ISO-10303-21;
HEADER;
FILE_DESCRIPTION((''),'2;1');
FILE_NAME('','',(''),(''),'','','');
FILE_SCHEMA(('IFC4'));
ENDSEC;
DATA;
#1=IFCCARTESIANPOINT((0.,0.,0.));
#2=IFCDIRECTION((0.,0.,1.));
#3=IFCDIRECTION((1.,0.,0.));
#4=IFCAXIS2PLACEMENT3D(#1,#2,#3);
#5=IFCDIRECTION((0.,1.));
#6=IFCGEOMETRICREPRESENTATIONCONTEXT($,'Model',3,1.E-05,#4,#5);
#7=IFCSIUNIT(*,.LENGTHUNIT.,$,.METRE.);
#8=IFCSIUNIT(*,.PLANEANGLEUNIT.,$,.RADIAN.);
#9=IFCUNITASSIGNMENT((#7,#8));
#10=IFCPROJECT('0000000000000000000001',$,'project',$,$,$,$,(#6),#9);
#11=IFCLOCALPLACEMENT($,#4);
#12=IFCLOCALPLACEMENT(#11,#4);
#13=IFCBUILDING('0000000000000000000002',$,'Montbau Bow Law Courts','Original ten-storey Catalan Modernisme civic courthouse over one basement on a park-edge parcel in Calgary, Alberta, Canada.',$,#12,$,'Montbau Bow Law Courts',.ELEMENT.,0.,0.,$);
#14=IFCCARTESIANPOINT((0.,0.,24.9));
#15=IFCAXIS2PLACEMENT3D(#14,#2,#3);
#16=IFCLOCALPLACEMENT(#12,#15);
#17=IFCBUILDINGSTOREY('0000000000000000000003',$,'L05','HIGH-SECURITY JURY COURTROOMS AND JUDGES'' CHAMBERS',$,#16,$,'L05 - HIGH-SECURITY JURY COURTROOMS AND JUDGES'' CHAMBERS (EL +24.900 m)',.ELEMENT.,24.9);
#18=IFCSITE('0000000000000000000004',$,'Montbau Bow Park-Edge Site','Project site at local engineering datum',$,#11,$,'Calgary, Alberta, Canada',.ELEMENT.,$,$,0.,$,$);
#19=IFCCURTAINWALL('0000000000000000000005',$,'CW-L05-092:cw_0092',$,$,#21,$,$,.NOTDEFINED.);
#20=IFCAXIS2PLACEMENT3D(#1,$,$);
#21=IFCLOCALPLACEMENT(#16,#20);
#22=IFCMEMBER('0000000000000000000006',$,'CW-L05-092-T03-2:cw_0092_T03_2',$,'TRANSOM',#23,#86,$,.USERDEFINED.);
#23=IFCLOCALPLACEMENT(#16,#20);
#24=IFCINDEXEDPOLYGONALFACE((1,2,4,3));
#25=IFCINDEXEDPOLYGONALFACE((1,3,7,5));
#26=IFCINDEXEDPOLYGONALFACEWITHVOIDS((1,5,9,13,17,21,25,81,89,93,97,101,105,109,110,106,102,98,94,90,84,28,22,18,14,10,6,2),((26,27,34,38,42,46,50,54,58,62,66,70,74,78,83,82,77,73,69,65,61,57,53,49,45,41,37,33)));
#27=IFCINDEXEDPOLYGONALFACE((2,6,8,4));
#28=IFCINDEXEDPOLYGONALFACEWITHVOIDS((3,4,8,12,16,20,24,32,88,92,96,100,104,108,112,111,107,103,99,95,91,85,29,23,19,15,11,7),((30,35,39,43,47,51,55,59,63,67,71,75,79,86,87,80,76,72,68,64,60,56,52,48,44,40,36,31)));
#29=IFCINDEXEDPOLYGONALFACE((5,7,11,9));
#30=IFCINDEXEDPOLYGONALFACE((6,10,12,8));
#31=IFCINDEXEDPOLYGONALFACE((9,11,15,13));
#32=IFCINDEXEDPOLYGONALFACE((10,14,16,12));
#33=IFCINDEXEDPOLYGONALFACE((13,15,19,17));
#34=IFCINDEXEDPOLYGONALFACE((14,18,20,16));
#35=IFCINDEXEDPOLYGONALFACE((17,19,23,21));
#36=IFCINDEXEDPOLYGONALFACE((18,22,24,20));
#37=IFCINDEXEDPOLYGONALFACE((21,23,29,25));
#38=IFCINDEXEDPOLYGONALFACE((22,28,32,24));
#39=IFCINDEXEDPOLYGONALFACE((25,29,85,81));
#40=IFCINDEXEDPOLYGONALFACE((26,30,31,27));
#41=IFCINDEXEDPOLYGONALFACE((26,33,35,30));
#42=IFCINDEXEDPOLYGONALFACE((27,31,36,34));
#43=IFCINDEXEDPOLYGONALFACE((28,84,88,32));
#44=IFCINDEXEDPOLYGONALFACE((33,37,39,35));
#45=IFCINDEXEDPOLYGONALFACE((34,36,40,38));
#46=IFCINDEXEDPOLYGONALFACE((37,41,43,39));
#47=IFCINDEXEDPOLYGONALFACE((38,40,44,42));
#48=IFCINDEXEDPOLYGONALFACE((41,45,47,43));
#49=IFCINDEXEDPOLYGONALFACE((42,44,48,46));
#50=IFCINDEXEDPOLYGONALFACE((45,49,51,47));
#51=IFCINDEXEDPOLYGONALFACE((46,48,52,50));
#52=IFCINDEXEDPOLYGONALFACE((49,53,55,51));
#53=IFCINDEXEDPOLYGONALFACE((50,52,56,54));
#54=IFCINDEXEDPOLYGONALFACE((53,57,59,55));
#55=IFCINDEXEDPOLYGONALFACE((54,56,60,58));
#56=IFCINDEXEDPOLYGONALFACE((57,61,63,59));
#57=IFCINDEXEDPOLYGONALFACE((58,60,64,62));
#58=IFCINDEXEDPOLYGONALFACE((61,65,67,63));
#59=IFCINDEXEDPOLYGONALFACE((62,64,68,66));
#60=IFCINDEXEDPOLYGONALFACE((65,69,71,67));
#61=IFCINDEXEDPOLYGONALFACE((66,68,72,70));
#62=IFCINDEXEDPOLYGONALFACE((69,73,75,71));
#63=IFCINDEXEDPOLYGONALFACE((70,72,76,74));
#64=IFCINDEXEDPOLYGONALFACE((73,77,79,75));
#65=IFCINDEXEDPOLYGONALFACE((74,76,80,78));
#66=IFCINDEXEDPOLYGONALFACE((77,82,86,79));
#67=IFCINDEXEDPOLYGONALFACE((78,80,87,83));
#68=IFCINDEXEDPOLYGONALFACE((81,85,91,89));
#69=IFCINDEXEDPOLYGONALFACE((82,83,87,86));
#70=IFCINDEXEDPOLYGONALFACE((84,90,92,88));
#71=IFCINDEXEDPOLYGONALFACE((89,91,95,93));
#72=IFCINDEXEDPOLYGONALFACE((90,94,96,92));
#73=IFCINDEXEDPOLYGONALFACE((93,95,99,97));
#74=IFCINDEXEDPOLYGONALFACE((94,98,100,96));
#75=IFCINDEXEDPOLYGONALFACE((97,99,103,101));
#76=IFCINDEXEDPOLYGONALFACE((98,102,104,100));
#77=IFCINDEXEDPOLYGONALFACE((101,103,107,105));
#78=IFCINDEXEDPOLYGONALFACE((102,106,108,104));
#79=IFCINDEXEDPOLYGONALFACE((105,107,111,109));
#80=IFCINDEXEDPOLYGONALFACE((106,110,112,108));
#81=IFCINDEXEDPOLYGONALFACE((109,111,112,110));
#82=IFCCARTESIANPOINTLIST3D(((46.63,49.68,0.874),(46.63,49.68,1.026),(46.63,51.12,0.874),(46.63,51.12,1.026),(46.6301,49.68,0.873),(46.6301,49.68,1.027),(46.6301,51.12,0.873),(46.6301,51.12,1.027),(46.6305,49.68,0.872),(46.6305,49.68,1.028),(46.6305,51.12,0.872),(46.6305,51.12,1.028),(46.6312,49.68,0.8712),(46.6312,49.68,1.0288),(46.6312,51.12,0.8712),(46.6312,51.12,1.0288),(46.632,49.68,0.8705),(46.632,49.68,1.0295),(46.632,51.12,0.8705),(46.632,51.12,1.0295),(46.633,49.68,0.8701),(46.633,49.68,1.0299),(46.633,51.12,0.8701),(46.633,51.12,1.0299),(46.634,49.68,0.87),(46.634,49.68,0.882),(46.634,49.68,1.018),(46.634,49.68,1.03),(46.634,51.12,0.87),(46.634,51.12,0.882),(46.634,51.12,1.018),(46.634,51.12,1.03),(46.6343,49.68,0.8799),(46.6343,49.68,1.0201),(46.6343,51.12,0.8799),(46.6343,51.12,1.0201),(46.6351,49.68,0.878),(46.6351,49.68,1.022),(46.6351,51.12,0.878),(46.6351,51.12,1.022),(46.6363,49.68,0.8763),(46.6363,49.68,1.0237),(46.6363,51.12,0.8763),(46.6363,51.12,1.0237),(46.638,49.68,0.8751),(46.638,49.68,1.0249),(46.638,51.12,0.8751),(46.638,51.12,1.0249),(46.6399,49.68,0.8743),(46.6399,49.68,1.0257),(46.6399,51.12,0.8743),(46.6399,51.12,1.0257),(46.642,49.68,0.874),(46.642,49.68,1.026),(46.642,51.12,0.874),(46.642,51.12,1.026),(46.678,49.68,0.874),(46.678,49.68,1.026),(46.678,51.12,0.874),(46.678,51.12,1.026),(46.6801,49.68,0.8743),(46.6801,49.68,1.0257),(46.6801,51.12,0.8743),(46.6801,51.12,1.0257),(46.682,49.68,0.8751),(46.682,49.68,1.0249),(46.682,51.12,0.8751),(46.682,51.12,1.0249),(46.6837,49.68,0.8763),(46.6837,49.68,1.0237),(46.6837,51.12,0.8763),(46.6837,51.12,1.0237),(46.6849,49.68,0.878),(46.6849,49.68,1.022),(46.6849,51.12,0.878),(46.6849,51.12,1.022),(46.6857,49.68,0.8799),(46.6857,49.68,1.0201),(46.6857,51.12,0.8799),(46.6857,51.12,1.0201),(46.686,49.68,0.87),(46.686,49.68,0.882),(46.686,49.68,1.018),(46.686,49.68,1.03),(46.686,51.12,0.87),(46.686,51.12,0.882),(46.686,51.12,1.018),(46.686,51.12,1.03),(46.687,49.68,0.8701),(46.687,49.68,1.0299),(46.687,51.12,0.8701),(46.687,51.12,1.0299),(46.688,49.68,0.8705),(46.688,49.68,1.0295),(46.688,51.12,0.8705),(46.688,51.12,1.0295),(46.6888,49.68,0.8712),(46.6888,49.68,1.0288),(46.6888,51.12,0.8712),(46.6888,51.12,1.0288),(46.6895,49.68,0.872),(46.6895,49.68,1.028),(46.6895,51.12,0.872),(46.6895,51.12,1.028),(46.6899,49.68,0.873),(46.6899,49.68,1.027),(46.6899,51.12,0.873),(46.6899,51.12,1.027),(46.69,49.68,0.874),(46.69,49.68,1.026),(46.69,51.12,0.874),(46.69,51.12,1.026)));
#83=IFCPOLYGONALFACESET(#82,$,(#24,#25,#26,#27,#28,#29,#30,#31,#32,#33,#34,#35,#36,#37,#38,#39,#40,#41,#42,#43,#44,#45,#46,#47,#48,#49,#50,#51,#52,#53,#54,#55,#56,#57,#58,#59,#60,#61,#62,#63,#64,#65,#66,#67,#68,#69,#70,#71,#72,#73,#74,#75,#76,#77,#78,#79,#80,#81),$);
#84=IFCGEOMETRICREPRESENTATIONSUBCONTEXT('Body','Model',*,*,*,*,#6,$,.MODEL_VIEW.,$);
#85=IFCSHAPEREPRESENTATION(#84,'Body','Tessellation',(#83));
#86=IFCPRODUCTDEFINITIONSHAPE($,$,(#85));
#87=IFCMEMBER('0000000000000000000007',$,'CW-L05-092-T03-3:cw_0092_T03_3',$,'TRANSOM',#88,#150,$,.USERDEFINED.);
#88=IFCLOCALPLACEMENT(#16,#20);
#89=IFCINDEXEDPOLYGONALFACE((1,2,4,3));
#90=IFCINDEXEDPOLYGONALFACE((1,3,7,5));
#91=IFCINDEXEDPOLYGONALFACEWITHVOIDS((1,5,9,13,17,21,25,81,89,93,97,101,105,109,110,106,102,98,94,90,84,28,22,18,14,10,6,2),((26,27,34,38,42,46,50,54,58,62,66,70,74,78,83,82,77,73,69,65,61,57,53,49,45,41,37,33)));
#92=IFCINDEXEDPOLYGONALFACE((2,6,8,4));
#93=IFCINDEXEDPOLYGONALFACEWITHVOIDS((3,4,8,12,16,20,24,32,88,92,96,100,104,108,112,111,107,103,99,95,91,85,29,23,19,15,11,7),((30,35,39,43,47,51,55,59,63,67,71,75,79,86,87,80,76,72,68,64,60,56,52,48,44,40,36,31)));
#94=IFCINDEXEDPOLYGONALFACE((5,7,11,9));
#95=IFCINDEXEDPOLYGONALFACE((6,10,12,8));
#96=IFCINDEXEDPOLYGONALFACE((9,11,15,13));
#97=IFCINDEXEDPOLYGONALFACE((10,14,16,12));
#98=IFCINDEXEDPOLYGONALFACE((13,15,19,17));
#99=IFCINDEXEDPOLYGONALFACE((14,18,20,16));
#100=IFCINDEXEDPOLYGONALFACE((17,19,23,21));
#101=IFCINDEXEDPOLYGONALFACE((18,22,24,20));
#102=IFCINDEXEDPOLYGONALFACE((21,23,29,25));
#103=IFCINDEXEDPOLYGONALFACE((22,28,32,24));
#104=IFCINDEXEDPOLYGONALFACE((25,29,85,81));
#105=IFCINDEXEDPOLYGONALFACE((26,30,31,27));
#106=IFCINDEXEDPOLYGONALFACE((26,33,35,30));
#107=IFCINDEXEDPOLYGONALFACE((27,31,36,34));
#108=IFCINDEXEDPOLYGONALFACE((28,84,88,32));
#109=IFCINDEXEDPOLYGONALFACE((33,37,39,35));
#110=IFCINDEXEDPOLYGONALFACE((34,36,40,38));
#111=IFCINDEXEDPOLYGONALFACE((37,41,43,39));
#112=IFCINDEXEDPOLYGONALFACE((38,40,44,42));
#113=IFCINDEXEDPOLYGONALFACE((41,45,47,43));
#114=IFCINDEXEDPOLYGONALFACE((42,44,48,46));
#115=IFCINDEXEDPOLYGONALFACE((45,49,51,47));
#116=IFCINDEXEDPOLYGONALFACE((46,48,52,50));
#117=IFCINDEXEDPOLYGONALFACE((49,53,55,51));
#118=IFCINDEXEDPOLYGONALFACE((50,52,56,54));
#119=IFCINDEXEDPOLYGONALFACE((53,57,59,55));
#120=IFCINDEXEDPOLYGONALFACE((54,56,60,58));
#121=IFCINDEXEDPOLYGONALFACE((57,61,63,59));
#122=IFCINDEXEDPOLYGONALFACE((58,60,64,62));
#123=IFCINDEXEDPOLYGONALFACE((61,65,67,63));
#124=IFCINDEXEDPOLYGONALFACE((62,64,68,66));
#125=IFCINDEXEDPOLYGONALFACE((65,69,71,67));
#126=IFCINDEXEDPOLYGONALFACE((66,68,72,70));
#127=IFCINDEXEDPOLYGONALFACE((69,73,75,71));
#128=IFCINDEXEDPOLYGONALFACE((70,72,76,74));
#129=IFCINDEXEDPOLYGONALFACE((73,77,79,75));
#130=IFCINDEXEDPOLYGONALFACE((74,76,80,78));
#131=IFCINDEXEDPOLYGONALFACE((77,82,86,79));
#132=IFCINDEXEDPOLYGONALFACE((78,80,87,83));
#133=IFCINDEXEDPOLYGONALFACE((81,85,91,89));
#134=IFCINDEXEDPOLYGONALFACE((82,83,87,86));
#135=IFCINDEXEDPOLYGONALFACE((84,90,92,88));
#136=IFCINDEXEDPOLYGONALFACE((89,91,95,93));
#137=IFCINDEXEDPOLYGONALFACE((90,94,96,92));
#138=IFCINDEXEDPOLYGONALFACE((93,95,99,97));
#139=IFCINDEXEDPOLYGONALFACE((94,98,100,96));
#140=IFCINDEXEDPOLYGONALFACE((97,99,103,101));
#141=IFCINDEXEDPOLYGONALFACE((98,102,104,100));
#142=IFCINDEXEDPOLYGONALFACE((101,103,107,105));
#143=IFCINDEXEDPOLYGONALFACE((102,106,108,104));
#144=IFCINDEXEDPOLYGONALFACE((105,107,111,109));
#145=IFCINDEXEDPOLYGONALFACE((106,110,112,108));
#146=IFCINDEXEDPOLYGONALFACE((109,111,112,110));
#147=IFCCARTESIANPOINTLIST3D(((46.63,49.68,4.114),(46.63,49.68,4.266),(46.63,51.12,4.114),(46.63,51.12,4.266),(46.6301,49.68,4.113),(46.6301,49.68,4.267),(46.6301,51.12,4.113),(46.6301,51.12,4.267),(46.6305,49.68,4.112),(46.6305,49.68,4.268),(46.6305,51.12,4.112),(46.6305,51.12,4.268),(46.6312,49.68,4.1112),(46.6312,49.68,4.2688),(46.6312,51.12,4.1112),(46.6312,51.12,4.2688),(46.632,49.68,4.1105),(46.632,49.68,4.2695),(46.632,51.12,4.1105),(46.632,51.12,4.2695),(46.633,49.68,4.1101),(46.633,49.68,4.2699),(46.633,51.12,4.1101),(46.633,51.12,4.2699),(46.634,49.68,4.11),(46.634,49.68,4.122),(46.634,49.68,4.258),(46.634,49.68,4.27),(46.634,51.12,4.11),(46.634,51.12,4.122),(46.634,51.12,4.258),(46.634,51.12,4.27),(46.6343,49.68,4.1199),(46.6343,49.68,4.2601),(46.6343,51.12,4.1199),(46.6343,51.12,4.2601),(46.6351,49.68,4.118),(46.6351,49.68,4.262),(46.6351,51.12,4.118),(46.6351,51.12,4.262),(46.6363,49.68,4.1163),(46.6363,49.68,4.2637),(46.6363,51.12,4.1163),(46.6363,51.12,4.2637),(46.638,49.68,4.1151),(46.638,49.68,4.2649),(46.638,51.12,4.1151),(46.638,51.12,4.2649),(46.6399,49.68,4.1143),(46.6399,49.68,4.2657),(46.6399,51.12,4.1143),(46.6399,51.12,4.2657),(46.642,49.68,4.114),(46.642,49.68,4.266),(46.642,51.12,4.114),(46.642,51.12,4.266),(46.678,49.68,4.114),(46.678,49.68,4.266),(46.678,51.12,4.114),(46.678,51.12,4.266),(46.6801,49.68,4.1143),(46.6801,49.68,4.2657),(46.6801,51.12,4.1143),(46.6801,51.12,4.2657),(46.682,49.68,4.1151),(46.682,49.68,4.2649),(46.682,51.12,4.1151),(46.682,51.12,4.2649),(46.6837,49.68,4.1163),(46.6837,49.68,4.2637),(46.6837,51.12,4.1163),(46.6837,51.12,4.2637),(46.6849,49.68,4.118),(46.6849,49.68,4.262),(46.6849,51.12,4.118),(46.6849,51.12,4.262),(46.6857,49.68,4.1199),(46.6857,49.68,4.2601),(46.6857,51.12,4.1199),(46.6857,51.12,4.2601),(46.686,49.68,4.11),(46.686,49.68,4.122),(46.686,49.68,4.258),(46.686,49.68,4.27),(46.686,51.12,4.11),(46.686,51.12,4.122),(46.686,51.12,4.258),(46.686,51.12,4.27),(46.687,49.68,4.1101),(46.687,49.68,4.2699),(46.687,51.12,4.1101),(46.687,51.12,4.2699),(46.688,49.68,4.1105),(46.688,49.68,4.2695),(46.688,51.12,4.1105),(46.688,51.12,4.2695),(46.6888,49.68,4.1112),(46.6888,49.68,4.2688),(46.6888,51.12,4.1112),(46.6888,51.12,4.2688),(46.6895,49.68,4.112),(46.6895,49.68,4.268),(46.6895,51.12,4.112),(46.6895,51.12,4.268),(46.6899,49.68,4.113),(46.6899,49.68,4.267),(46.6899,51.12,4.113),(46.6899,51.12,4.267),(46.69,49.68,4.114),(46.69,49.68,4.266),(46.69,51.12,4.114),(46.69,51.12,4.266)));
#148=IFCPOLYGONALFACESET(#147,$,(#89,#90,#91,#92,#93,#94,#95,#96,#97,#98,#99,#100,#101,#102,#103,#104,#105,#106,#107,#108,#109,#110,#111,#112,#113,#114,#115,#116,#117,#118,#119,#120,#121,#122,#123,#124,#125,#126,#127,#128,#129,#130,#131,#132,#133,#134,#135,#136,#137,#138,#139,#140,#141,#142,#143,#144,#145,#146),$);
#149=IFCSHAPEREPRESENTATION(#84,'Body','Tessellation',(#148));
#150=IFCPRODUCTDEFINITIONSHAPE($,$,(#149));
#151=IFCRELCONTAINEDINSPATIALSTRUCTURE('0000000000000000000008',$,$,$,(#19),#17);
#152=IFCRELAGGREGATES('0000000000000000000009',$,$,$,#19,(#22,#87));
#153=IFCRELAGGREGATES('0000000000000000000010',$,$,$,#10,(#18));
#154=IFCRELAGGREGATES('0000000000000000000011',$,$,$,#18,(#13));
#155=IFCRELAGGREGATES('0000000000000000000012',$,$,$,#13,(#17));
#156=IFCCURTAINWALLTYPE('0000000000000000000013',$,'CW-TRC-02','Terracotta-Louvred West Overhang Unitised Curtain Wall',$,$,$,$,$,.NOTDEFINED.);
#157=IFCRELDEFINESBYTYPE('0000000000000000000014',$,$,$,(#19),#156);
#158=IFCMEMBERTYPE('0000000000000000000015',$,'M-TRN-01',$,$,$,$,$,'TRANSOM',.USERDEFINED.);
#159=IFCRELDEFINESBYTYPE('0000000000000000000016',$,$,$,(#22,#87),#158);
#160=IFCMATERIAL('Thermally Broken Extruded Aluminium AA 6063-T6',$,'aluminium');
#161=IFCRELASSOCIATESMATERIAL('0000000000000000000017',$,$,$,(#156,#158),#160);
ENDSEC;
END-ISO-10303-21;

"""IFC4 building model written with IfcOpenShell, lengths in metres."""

from ifc_helpers import new_model, si_unit, direction, frame, origin_with_axes, origin_2d_with_axis, place, context, subcontext, project, spatial, hollow_rectangle, extrude, material, material_profile, profile_set, type_object, element, aggregate, save


model = new_model("IFC4")

# Units and contexts
model_context = context("Model", 3, precision=1e-05, world=origin_with_axes(), true_north=direction((0.0, 1.0)))
body_context = subcontext(model_context, "Body", "Model", "MODEL_VIEW")
ifc_project = project(units=[si_unit("LENGTHUNIT", "METRE"), si_unit("PLANEANGLEUNIT", "RADIAN")], contexts=[model_context])

# Site, building, storey
site_placement = place(None, origin_with_axes())
site = spatial("IfcSite", under=ifc_project, at=site_placement, Name="Montbau Bow Park-Edge Site", Description="Project site at local engineering datum", LongName="Calgary, Alberta, Canada", CompositionType="ELEMENT", RefElevation=0.0)
building_placement = place(site_placement, origin_with_axes())
building = spatial("IfcBuilding", under=site, at=building_placement, Name="Montbau Bow Law Courts", Description="Original ten-storey Catalan Modernisme civic courthouse over one basement on a park-edge parcel in Calgary, Alberta, Canada.", LongName="Montbau Bow Law Courts", CompositionType="ELEMENT", ElevationOfRefHeight=0.0, ElevationOfTerrain=0.0)
storey_placement = place(building_placement, frame((0.0, 0.0, 24.9), z_axis=(0.0, 0.0, 1.0), x_axis=(1.0, 0.0, 0.0)))
storey = spatial("IfcBuildingStorey", under=building, at=storey_placement, Name="L05", Description="HIGH-SECURITY JURY COURTROOMS AND JUDGES' CHAMBERS", LongName="L05 - HIGH-SECURITY JURY COURTROOMS AND JUDGES' CHAMBERS (EL +24.900 m)", CompositionType="ELEMENT", Elevation=24.9)

# Curtain wall, members
ifc_material_1 = material(Name="Thermally Broken Extruded Aluminium AA 6063-T6", Category="aluminium")
curtain_wall_type = type_object("IfcCurtainWallType", Name="CW-TRC-02", Description="Terracotta-Louvred West Overhang Unitised Curtain Wall", PredefinedType="NOTDEFINED", material=ifc_material_1)
curtain_wall_placement = place(None, frame((46.66, 46.64, 24.9), z_axis=(0.0, 0.0, 1.0), x_axis=(1.0, 0.0, 0.0)))
curtain_wall = element("IfcCurtainWall", 1, at=curtain_wall_placement, inside=storey, type_object=curtain_wall_type, Name="CW-L05-092:cw_0092", PredefinedType="NOTDEFINED")
ifc_material_profile_1 = material_profile(ifc_material_1, hollow_rectangle(XDim=0.06, YDim=0.16, WallThickness=0.004, InnerFilletRadius=0.008, OuterFilletRadius=0.004, at=origin_2d_with_axis()), Name="CWT-160X60", Category="Main", Priority=0)
ifc_profile_set_1 = profile_set([ifc_material_profile_1], Name="Thermally Broken Extruded Aluminium AA 6063-T6")
member_type_1 = type_object("IfcMemberType", Name="M-TRN-01", ElementType="TRANSOM", PredefinedType="USERDEFINED", material=ifc_profile_set_1)
member_1_placement = place(None, frame((46.66, 49.68, 25.85), z_axis=(0.0, 1.0, 0.0), x_axis=(-1.0, 0.0, 0.0)))
member_1 = element("IfcMember", 2, at=member_1_placement, type_object=member_type_1, Name="CW-L05-092-T03-2:cw_0092_T03_2", ObjectType="TRANSOM", PredefinedType="USERDEFINED", context=body_context, shape_type="SweptSolid", body=[
    extrude(hollow_rectangle(XDim=0.06, YDim=0.16, WallThickness=0.004, InnerFilletRadius=0.008, OuterFilletRadius=0.004, at=origin_2d_with_axis()), origin_with_axes(), (0.0, 0.0, 1.0), 1.44),
])
member_2_placement = place(None, frame((46.66, 49.68, 29.09), z_axis=(0.0, 1.0, 0.0), x_axis=(-1.0, 0.0, 0.0)))
member_2 = element("IfcMember", 3, at=member_2_placement, type_object=member_type_1, Name="CW-L05-092-T03-3:cw_0092_T03_3", ObjectType="TRANSOM", PredefinedType="USERDEFINED", context=body_context, shape_type="SweptSolid", body=[
    extrude(hollow_rectangle(XDim=0.06, YDim=0.16, WallThickness=0.004, InnerFilletRadius=0.008, OuterFilletRadius=0.004, at=origin_2d_with_axis()), origin_with_axes(), (0.0, 0.0, 1.0), 1.44),
])
aggregate(curtain_wall, [member_1, member_2])

save(model, "model.ifc")
